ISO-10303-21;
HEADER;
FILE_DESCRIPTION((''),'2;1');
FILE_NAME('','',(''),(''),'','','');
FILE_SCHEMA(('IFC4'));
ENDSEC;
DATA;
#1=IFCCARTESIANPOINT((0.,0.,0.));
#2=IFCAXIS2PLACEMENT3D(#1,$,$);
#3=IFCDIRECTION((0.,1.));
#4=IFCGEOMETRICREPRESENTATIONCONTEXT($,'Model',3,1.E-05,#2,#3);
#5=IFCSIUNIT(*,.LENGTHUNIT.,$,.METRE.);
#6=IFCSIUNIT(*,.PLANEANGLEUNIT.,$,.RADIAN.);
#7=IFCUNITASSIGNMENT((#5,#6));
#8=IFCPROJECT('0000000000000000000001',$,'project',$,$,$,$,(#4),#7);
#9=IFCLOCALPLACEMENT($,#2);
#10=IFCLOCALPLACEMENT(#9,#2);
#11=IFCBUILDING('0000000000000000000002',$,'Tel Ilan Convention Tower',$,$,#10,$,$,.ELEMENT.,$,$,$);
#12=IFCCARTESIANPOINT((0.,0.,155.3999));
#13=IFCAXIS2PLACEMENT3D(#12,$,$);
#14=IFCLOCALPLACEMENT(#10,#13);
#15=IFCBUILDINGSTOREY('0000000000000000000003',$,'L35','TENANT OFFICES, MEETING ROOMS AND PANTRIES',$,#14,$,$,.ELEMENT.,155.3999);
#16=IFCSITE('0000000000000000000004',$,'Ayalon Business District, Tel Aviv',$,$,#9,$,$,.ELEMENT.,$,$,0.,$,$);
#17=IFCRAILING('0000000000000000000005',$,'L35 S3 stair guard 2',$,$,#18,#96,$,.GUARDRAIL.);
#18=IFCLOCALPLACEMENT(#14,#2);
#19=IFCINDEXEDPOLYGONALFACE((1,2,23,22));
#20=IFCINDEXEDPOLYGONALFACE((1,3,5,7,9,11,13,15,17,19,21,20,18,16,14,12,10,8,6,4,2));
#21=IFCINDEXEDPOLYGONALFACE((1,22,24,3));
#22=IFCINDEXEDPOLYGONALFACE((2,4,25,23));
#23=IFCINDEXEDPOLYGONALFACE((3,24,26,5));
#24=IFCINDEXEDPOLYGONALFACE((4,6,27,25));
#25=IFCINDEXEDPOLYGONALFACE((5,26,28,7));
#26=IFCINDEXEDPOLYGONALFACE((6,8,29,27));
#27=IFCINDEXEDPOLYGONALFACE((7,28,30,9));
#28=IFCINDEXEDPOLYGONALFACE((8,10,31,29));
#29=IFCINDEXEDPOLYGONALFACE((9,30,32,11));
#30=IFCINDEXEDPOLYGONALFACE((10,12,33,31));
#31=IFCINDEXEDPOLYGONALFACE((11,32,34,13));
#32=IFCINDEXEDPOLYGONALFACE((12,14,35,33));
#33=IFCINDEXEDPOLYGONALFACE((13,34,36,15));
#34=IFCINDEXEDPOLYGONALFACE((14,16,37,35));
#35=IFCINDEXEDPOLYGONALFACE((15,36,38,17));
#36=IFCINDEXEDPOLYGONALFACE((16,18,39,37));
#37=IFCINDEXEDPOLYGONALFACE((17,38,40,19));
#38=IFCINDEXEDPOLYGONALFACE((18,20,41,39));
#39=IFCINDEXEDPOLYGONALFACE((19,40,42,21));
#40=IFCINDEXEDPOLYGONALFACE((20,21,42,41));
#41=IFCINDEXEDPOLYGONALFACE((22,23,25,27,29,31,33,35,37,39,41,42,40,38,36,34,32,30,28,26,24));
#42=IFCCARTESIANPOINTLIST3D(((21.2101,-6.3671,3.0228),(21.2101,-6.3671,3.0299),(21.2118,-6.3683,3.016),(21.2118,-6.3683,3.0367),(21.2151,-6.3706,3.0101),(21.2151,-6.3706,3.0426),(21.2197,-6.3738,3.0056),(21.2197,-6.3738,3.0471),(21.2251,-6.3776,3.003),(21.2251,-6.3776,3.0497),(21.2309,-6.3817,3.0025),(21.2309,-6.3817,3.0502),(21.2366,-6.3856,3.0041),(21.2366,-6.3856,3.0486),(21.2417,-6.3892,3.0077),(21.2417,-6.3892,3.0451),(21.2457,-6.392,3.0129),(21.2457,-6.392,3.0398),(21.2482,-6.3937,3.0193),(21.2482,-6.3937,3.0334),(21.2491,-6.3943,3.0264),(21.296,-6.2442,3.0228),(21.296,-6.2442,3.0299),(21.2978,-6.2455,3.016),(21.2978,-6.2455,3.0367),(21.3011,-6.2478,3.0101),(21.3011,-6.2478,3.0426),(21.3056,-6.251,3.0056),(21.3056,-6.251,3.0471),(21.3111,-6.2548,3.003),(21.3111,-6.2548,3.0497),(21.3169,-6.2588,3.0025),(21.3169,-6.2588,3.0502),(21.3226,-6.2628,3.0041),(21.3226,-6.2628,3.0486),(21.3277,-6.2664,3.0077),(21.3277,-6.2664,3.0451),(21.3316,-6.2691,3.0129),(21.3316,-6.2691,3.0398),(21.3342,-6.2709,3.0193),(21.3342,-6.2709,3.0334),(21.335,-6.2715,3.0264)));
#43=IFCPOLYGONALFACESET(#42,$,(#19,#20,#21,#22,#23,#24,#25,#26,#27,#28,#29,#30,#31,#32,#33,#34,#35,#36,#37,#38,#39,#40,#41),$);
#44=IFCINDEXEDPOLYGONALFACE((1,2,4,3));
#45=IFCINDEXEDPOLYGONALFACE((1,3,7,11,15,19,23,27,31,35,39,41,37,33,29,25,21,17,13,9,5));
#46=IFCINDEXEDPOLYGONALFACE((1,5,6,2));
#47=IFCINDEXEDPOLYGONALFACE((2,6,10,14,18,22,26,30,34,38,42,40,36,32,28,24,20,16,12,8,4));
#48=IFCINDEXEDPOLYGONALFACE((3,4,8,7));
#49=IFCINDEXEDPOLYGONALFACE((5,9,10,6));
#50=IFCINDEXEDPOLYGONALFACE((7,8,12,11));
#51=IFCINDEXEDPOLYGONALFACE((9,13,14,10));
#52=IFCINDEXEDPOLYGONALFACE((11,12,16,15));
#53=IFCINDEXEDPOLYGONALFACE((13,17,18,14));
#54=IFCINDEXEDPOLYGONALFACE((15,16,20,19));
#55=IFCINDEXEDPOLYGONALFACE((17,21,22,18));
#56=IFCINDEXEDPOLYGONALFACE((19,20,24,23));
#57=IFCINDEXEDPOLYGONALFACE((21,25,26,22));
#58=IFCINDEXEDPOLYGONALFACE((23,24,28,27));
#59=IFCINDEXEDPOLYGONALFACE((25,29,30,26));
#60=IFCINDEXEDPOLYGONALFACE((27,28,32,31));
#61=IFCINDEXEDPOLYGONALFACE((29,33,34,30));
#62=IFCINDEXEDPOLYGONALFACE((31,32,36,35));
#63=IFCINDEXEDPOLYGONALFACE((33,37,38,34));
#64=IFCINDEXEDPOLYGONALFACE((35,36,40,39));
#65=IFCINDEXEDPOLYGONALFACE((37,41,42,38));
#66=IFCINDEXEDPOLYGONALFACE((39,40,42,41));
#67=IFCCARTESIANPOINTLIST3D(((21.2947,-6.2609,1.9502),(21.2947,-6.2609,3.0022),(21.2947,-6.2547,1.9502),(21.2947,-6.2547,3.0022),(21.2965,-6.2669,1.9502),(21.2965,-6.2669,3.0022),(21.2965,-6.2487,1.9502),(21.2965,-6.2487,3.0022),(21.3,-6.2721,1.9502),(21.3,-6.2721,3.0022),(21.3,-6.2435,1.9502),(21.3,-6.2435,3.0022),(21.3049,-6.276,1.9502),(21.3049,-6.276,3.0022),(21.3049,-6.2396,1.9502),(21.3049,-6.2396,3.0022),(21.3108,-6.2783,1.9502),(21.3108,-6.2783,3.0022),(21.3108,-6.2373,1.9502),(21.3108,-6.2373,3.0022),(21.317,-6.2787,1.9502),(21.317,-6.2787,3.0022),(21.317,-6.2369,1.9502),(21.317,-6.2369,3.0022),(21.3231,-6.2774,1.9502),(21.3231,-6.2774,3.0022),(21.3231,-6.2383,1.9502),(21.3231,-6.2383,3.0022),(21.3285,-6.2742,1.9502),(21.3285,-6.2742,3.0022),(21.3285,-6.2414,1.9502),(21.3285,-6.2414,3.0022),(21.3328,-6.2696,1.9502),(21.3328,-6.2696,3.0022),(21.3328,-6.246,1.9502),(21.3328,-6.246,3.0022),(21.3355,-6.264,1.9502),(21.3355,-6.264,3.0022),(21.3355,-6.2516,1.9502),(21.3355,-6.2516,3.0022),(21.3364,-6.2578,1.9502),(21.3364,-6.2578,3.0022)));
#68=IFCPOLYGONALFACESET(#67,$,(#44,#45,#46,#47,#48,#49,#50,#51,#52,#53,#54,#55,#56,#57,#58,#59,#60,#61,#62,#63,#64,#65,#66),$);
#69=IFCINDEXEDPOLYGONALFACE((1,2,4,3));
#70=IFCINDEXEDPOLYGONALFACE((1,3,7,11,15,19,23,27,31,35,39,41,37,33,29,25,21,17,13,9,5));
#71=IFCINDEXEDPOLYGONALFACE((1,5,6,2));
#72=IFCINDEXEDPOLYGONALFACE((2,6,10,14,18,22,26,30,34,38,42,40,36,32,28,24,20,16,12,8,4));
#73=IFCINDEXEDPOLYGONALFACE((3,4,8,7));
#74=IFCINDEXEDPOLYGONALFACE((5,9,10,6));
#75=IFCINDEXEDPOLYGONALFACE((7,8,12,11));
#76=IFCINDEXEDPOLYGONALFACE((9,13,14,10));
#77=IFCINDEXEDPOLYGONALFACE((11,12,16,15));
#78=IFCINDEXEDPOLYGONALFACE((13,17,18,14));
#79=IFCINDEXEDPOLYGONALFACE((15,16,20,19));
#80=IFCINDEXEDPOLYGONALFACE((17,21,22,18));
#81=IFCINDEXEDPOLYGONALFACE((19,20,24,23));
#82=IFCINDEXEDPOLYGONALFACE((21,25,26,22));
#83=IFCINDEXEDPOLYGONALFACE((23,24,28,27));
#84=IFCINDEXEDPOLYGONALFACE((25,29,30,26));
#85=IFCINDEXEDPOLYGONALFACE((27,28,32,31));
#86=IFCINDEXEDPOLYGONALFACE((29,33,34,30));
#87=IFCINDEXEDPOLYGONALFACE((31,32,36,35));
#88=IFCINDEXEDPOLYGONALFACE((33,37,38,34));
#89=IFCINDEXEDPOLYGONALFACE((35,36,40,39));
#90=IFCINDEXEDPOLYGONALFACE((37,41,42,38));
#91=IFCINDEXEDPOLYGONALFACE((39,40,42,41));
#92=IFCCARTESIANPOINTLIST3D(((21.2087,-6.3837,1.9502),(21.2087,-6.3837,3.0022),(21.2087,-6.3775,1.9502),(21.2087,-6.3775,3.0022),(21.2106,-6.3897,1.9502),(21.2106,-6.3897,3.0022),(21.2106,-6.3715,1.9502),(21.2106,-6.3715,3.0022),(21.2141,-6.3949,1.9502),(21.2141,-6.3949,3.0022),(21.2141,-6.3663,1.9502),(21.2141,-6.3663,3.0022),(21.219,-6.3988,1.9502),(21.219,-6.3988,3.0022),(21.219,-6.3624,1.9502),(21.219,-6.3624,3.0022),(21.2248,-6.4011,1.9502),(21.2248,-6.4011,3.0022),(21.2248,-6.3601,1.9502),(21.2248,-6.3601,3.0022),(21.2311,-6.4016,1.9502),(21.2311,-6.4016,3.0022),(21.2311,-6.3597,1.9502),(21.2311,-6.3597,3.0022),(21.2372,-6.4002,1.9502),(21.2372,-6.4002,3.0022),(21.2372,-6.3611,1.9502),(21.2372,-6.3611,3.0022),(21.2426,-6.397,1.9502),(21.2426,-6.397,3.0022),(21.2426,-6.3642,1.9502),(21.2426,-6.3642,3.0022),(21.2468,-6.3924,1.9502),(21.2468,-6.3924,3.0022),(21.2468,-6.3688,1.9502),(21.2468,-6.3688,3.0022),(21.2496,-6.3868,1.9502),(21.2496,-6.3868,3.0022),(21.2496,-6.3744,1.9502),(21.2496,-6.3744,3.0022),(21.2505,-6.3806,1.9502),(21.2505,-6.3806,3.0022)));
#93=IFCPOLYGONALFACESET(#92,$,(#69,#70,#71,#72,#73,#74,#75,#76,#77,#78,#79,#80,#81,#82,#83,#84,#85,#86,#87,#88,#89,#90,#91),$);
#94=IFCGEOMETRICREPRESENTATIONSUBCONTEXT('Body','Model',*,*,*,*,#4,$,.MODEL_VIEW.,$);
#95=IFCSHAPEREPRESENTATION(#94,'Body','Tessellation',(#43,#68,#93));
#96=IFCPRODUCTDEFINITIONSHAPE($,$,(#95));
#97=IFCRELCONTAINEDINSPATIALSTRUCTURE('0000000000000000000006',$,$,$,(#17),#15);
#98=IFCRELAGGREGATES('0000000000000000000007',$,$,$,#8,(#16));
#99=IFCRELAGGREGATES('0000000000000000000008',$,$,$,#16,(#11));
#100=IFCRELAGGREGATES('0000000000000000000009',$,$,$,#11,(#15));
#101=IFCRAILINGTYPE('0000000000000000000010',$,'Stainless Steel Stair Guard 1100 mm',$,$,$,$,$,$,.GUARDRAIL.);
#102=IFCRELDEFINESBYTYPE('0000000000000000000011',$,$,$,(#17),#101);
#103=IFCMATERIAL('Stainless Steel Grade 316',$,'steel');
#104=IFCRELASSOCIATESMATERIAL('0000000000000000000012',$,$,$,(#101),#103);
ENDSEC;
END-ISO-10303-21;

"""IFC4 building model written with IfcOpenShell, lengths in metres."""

from ifc_helpers import new_model, si_unit, direction, frame, origin, origin_2d, place, context, subcontext, project, spatial, circle, extrude, material, type_object, element, save


model = new_model("IFC4")

# Units and contexts
model_context = context("Model", 3, precision=1e-05, world=origin(), true_north=direction((0.0, 1.0)))
body_context = subcontext(model_context, "Body", "Model", "MODEL_VIEW")
ifc_project = project(units=[si_unit("LENGTHUNIT", "METRE"), si_unit("PLANEANGLEUNIT", "RADIAN")], contexts=[model_context])

# Site, building, storey
site_placement = place(None, origin())
site = spatial("IfcSite", under=ifc_project, at=site_placement, Name="Ayalon Business District, Tel Aviv", CompositionType="ELEMENT", RefElevation=0.0)
building_placement = place(site_placement, origin())
building = spatial("IfcBuilding", under=site, at=building_placement, Name="Tel Ilan Convention Tower", CompositionType="ELEMENT")
storey_placement = place(building_placement, frame((0.0, 0.0, 155.3999)))
storey = spatial("IfcBuildingStorey", under=building, at=storey_placement, Name="L35", Description="TENANT OFFICES, MEETING ROOMS AND PANTRIES", CompositionType="ELEMENT", Elevation=155.3999)

# Railing
ifc_material_1 = material(Name="Stainless Steel Grade 316", Category="steel")
railing_type_1 = type_object("IfcRailingType", Name="Stainless Steel Stair Guard 1100 mm", PredefinedType="GUARDRAIL", material=ifc_material_1)
railing_1_placement = place(storey_placement, frame((21.3154, -6.2578, 1.9502)))
element("IfcRailing", 1, at=railing_1_placement, inside=storey, type_object=railing_type_1, Name="L35 S3 stair guard 2", PredefinedType="GUARDRAIL", context=body_context, shape_type="SweptSolid", body=[
    extrude(circle(Radius=0.0239, at=origin_2d()), frame((0.0, 0.0, 1.0762), z_axis=(-0.573353, -0.819308, 0.0), x_axis=(0.819308, -0.573353, 0.0)), (0.0, 0.0, 1.0), 0.1499),
    extrude(circle(Radius=0.021, at=origin_2d()), origin(), (0.0, 0.0, 1.0), 1.052),
    extrude(circle(Radius=0.021, at=origin_2d()), frame((-0.0859, -0.1228, 0.0)), (0.0, 0.0, 1.0), 1.052),
])

save(model, "model.ifc")
